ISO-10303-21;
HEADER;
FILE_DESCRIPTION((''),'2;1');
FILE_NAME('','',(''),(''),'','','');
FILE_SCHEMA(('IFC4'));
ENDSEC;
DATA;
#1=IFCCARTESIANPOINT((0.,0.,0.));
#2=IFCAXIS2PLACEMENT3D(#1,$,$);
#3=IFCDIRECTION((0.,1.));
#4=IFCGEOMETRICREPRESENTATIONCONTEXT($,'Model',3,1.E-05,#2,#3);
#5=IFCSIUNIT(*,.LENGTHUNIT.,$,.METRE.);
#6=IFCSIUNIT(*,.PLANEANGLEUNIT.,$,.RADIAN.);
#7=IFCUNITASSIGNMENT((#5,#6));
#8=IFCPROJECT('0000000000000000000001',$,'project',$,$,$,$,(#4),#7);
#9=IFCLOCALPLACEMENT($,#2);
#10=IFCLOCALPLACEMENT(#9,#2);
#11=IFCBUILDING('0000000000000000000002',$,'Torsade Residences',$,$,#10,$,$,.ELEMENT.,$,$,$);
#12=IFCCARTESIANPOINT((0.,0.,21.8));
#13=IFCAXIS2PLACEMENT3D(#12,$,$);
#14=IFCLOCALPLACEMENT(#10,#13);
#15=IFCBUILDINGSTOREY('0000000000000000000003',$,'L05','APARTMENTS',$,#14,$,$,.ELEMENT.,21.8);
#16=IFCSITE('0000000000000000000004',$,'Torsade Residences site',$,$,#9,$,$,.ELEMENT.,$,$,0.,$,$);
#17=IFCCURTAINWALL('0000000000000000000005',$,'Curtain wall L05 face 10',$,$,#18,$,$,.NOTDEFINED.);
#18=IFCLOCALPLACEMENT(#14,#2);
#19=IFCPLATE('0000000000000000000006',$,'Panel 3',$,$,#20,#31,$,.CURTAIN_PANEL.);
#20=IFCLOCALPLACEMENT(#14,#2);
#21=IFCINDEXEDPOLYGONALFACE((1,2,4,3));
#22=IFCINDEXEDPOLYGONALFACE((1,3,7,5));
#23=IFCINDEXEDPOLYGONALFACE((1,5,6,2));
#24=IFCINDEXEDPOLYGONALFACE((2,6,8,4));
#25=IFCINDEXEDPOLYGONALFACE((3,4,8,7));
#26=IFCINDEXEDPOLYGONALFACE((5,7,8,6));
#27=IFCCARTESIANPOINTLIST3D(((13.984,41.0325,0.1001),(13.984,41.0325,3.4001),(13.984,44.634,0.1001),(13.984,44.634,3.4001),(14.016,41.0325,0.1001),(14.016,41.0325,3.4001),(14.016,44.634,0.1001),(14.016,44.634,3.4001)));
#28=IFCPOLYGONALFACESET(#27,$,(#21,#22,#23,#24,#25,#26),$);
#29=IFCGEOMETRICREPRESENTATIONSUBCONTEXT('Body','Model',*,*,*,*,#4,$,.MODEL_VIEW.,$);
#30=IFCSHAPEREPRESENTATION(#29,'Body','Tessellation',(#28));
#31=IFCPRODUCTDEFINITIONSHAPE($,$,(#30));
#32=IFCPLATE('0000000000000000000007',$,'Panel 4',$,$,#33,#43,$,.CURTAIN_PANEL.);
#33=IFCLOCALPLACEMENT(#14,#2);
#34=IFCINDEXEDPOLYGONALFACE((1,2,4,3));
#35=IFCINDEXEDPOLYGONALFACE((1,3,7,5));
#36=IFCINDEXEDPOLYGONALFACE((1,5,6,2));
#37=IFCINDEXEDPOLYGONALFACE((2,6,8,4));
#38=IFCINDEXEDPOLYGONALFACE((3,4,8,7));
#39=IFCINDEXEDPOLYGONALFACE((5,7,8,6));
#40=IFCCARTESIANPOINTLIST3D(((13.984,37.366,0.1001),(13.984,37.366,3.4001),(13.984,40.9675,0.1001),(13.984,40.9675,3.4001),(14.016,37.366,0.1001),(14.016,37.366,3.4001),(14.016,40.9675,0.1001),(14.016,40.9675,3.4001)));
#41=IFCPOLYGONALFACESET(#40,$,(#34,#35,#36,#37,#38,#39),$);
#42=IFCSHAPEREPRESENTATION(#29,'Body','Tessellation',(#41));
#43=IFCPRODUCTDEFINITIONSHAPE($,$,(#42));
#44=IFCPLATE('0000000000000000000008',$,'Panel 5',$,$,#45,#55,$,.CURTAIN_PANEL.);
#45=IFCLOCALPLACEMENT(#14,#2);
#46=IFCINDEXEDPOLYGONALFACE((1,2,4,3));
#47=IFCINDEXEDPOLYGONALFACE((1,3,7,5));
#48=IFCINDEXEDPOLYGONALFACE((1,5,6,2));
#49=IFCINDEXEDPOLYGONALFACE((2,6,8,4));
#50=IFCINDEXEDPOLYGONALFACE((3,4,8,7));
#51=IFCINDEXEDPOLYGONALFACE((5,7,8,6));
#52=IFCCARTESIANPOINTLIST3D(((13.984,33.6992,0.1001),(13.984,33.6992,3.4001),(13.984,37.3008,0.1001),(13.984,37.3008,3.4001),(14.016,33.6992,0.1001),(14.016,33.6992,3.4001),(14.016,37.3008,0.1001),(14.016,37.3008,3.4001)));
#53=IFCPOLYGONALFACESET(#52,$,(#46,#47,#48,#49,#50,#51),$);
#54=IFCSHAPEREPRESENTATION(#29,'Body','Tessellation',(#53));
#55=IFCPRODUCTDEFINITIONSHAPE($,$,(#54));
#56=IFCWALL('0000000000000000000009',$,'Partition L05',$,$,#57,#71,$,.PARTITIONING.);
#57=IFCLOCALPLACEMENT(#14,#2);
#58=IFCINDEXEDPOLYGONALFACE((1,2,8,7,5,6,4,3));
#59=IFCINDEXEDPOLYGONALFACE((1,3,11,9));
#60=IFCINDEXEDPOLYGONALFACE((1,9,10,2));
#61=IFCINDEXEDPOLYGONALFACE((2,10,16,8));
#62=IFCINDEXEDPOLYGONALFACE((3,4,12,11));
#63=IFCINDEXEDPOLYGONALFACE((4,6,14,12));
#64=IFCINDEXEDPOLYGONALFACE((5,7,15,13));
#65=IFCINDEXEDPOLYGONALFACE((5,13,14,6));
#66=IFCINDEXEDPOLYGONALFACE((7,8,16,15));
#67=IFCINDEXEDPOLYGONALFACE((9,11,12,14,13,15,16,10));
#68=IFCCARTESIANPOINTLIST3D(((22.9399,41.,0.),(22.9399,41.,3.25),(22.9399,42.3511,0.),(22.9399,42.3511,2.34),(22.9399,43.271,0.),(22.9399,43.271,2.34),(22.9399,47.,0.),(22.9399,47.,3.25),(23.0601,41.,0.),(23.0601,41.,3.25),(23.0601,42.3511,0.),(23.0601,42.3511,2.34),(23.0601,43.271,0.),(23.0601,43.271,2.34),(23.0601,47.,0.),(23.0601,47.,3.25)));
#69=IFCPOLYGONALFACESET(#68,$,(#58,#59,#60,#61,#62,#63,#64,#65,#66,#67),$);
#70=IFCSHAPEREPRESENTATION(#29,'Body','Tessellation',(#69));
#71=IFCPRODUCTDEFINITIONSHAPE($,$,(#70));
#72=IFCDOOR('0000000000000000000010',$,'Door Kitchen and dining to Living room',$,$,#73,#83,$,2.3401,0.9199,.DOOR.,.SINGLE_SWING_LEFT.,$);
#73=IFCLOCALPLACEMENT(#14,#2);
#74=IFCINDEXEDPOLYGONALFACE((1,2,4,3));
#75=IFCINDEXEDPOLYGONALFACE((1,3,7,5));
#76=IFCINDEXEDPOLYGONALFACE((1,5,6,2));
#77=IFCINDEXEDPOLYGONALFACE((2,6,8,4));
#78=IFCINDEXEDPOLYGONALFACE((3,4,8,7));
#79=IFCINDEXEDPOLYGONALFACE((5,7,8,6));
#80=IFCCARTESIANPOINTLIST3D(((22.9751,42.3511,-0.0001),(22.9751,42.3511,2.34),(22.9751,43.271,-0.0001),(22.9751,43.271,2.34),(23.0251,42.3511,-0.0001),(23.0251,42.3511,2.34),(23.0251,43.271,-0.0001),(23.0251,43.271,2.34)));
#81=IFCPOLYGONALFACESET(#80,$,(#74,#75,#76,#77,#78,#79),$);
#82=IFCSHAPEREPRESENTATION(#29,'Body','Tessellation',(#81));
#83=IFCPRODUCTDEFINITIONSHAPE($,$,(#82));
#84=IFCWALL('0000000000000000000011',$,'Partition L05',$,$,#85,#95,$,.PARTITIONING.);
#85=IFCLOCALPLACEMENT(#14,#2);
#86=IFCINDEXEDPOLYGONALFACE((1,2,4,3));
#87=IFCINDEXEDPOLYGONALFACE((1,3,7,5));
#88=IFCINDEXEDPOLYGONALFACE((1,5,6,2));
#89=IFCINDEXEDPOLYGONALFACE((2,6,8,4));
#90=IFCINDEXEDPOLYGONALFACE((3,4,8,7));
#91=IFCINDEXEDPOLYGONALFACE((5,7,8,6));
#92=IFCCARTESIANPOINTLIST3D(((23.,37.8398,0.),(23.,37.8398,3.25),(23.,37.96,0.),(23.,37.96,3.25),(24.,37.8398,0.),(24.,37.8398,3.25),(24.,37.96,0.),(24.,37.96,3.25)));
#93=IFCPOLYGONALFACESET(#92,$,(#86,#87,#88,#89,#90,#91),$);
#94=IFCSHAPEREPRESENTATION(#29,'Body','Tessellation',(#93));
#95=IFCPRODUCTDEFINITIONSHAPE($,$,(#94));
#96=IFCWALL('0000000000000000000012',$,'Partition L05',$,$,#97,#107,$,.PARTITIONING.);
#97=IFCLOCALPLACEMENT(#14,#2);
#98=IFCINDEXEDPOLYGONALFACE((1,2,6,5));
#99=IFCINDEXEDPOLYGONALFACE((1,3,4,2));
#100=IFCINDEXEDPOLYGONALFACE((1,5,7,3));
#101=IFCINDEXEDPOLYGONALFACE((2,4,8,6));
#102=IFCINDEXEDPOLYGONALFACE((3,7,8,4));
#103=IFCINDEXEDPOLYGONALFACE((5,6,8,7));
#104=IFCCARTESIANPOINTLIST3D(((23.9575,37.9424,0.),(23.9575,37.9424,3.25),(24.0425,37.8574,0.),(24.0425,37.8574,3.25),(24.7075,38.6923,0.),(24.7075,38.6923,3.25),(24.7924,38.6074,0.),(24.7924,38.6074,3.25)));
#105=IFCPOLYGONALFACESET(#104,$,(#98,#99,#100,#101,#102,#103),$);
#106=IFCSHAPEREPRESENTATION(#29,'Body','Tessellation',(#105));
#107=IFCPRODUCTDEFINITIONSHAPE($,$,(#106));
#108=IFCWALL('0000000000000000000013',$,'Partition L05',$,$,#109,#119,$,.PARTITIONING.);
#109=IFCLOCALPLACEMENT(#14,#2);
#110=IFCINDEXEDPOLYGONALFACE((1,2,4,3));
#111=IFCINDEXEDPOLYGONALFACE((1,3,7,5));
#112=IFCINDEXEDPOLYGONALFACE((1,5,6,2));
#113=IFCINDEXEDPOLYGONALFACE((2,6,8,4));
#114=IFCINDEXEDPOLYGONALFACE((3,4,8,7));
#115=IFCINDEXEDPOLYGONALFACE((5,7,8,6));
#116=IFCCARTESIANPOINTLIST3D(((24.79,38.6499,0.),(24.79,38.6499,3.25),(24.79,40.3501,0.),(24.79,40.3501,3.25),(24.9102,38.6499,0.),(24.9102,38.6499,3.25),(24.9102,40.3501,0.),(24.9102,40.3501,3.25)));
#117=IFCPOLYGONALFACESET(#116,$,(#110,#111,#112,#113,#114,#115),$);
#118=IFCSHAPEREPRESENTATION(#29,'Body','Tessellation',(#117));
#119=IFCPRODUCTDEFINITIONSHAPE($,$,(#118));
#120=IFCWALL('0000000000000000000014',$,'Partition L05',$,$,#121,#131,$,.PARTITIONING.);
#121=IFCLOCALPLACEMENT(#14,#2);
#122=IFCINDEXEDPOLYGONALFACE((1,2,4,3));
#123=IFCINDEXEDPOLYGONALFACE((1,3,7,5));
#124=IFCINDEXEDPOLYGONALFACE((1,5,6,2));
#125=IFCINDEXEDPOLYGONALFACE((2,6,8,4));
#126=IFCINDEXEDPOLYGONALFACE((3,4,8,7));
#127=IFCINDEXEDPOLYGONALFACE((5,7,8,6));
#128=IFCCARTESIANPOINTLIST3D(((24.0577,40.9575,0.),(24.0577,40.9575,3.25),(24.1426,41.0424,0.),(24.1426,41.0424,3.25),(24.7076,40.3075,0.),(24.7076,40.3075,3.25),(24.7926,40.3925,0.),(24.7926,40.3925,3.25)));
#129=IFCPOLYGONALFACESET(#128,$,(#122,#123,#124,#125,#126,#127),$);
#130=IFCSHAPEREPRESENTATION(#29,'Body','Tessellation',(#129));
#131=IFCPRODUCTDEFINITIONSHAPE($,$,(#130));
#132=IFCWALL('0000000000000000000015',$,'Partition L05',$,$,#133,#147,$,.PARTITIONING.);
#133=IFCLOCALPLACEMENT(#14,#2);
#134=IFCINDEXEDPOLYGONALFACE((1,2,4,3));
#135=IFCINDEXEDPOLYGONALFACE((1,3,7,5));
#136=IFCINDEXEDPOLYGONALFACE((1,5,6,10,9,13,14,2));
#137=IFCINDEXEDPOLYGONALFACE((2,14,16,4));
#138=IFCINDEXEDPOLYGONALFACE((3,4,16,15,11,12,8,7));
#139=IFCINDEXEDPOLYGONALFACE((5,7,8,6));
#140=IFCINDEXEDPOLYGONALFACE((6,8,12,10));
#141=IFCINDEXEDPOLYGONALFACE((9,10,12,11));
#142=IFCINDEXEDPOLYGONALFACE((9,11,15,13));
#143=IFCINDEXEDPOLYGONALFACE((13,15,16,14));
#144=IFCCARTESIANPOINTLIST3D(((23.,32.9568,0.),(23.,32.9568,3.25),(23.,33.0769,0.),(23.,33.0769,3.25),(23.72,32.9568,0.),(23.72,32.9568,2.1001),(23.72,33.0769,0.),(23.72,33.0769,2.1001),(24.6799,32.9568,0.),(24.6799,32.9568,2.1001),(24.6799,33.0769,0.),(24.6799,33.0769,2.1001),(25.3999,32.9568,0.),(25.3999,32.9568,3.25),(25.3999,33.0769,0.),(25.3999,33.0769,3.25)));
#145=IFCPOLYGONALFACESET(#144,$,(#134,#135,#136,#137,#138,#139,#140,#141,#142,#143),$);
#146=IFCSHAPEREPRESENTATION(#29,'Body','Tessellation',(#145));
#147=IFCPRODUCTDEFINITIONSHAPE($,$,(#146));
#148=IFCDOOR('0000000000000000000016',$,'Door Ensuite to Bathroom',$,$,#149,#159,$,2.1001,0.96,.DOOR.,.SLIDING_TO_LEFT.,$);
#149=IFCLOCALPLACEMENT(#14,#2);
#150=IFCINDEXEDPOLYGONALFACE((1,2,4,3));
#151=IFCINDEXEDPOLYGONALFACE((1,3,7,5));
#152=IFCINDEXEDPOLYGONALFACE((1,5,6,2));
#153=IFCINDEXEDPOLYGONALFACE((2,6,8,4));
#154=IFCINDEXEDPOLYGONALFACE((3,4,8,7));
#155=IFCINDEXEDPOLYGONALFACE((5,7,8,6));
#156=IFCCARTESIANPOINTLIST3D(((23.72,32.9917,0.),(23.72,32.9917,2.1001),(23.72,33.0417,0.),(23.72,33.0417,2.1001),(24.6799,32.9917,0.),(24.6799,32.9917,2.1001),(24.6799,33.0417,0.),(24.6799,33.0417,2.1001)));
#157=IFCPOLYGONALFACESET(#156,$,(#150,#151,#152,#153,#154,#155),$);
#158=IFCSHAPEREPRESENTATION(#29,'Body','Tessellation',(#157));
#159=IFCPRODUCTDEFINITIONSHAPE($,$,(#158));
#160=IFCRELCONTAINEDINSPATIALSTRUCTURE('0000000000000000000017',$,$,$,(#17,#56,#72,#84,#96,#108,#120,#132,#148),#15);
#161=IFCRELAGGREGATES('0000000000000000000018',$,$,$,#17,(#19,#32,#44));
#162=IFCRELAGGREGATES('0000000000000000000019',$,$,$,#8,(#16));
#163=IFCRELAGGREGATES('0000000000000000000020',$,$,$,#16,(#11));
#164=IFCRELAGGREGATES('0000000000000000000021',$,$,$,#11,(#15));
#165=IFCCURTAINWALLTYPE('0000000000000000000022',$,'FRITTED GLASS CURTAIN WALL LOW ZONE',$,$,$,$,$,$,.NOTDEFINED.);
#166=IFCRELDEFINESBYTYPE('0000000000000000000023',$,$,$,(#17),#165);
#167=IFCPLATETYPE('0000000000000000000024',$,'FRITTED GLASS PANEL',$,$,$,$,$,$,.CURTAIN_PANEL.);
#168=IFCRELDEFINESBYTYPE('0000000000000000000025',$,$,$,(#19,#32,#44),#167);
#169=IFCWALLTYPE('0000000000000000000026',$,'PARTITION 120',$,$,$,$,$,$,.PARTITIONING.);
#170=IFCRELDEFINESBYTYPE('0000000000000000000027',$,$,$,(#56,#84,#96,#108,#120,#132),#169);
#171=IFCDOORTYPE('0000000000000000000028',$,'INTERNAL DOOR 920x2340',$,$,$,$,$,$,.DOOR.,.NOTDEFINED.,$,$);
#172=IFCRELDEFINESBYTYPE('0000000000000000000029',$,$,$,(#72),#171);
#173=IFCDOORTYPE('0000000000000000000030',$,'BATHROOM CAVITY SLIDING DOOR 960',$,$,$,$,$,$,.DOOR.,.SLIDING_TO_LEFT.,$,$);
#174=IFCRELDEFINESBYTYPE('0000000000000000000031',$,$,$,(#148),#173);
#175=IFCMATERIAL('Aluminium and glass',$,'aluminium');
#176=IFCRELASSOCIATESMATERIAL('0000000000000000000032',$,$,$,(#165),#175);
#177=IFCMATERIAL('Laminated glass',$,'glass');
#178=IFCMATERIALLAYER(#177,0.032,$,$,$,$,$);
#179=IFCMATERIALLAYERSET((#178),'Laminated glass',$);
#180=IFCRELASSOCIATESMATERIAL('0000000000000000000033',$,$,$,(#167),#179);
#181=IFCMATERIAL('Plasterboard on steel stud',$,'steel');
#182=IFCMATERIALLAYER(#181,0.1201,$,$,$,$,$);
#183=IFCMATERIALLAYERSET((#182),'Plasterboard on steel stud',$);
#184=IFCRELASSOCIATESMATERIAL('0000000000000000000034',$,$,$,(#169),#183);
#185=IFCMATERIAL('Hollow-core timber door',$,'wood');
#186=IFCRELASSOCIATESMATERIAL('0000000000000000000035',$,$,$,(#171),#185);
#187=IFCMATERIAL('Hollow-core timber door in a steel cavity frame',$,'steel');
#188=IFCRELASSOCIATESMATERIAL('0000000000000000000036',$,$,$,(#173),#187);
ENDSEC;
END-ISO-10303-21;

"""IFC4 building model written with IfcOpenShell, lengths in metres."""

from ifc_helpers import new_model, si_unit, direction, frame, frame_2d, origin, origin_2d, place, context, subcontext, project, spatial, rectangle, extrude, material, layer, layer_set, type_object, element, fill, aggregate, save


model = new_model("IFC4")

# Units and contexts
model_context = context("Model", 3, precision=1e-05, world=origin(), true_north=direction((0.0, 1.0)))
body_context = subcontext(model_context, "Body", "Model", "MODEL_VIEW")
ifc_project = project(units=[si_unit("LENGTHUNIT", "METRE"), si_unit("PLANEANGLEUNIT", "RADIAN")], contexts=[model_context])

# Site, building, storey
site_placement = place(None, origin())
site = spatial("IfcSite", under=ifc_project, at=site_placement, Name="Torsade Residences site", CompositionType="ELEMENT", RefElevation=0.0)
building_placement = place(site_placement, origin())
building = spatial("IfcBuilding", under=site, at=building_placement, Name="Torsade Residences", CompositionType="ELEMENT")
storey_placement = place(building_placement, frame((0.0, 0.0, 21.8)))
storey = spatial("IfcBuildingStorey", under=building, at=storey_placement, Name="L05", Description="APARTMENTS", CompositionType="ELEMENT", Elevation=21.8)

# Curtain wall
ifc_material_1 = material(Name="Aluminium and glass", Category="aluminium")
curtain_wall_type = type_object("IfcCurtainWallType", Name="FRITTED GLASS CURTAIN WALL LOW ZONE", PredefinedType="NOTDEFINED", material=ifc_material_1)
curtain_wall_placement = place(storey_placement, origin())
curtain_wall = element("IfcCurtainWall", 1, at=curtain_wall_placement, inside=storey, type_object=curtain_wall_type, Name="Curtain wall L05 face 10", PredefinedType="NOTDEFINED")

# Plates
ifc_material_2 = material(Name="Laminated glass", Category="glass")
ifc_layer_1 = layer(ifc_material_2, 0.032)
ifc_layer_set_1 = layer_set([ifc_layer_1], Name="Laminated glass")
plate_type = type_object("IfcPlateType", Name="FRITTED GLASS PANEL", PredefinedType="CURTAIN_PANEL", material=ifc_layer_set_1)
plate_1_placement = place(storey_placement, frame((14.0, 42.8333, 0.1001), z_axis=(0.0, 0.0, 1.0), x_axis=(0.0, -1.0, 0.0)))
plate_1 = element("IfcPlate", 2, at=plate_1_placement, type_object=plate_type, Name="Panel 3", PredefinedType="CURTAIN_PANEL", context=body_context, shape_type="SweptSolid", body=[
    extrude(rectangle(XDim=3.6016, YDim=0.032, at=origin_2d()), origin(), (0.0, 0.0, 1.0), 3.3),
])
plate_2_placement = place(storey_placement, frame((14.0, 39.1667, 0.1001), z_axis=(0.0, 0.0, 1.0), x_axis=(0.0, -1.0, 0.0)))
plate_2 = element("IfcPlate", 3, at=plate_2_placement, type_object=plate_type, Name="Panel 4", PredefinedType="CURTAIN_PANEL", context=body_context, shape_type="SweptSolid", body=[
    extrude(rectangle(XDim=3.6016, YDim=0.032, at=origin_2d()), origin(), (0.0, 0.0, 1.0), 3.3),
])
plate_3_placement = place(storey_placement, frame((14.0, 35.5, 0.1001), z_axis=(0.0, 0.0, 1.0), x_axis=(0.0, -1.0, 0.0)))
plate_3 = element("IfcPlate", 4, at=plate_3_placement, type_object=plate_type, Name="Panel 5", PredefinedType="CURTAIN_PANEL", context=body_context, shape_type="SweptSolid", body=[
    extrude(rectangle(XDim=3.6016, YDim=0.032, at=origin_2d()), origin(), (0.0, 0.0, 1.0), 3.3),
])
aggregate(curtain_wall, [plate_1, plate_2, plate_3])

# Wall, opening, door
ifc_material_3 = material(Name="Plasterboard on steel stud", Category="steel")
ifc_layer_2 = layer(ifc_material_3, 0.1201)
ifc_layer_set_2 = layer_set([ifc_layer_2], Name="Plasterboard on steel stud")
wall_type_1 = type_object("IfcWallType", Name="PARTITION 120", PredefinedType="PARTITIONING", material=ifc_layer_set_2)
wall_1_placement = place(storey_placement, frame((23.0, 41.0, 0.0), z_axis=(0.0, 0.0, 1.0), x_axis=(0.0, 1.0, 0.0)))
wall_1 = element("IfcWall", 5, at=wall_1_placement, inside=storey, type_object=wall_type_1, Name="Partition L05", PredefinedType="PARTITIONING", context=body_context, shape_type="SweptSolid", body=[
    extrude(rectangle(XDim=6.0, YDim=0.1201, at=frame_2d((3.0, 0.0))), origin(), (0.0, 0.0, 1.0), 3.25),
])
opening_1_placement = place(wall_1_placement, frame((1.3511, 0.0, 0.0)))
opening_1 = element("IfcOpeningElement", 6, at=opening_1_placement, cuts=wall_1, PredefinedType="OPENING", context=body_context, shape_type="SweptSolid", body=[
    extrude(rectangle(XDim=0.9199, YDim=2.3401, at=frame_2d((0.46, 1.1699))), frame((0.0, 0.0701, 0.0), z_axis=(0.0, -1.0, 0.0), x_axis=(1.0, 0.0, 0.0)), (0.0, 0.0, 1.0), 0.1401),
])
ifc_material_4 = material(Name="Hollow-core timber door", Category="wood")
door_type_1 = type_object("IfcDoorType", Name="INTERNAL DOOR 920x2340", OperationType="NOTDEFINED", PredefinedType="DOOR", material=ifc_material_4)
door_1_placement = place(opening_1_placement, origin())
door_1 = element("IfcDoor", 7, at=door_1_placement, inside=storey, type_object=door_type_1, Name="Door Kitchen and dining to Living room", OperationType="SINGLE_SWING_LEFT", OverallHeight=2.3401, OverallWidth=0.9199, PredefinedType="DOOR", context=body_context, shape_type="SweptSolid", body=[
    extrude(rectangle(XDim=0.9199, YDim=2.3401, at=frame_2d((0.46, 1.1699))), frame((0.0, 0.0249, 0.0), z_axis=(0.0, -1.0, 0.0), x_axis=(1.0, 0.0, 0.0)), (0.0, 0.0, 1.0), 0.05),
])
fill(opening_1, door_1)

# Walls
wall_2_placement = place(storey_placement, frame((23.0, 37.8999, 0.0), z_axis=(0.0, 0.0, 1.0), x_axis=(1.0, 0.0, 0.0)))
element("IfcWall", 8, at=wall_2_placement, inside=storey, type_object=wall_type_1, Name="Partition L05", PredefinedType="PARTITIONING", context=body_context, shape_type="SweptSolid", body=[
    extrude(rectangle(XDim=1.0, YDim=0.1201, at=frame_2d((0.5, 0.0))), origin(), (0.0, 0.0, 1.0), 3.25),
])
wall_3_placement = place(storey_placement, frame((24.0, 37.8999, 0.0), z_axis=(0.0, 0.0, 1.0), x_axis=(0.707107, 0.707107, 0.0)))
element("IfcWall", 9, at=wall_3_placement, inside=storey, type_object=wall_type_1, Name="Partition L05", PredefinedType="PARTITIONING", context=body_context, shape_type="SweptSolid", body=[
    extrude(rectangle(XDim=1.0605, YDim=0.1201, at=frame_2d((0.5303, 0.0))), origin(), (0.0, 0.0, 1.0), 3.25),
])
wall_4_placement = place(storey_placement, frame((24.8501, 38.6499, 0.0), z_axis=(0.0, 0.0, 1.0), x_axis=(0.0, 1.0, 0.0)))
element("IfcWall", 10, at=wall_4_placement, inside=storey, type_object=wall_type_1, Name="Partition L05", PredefinedType="PARTITIONING", context=body_context, shape_type="SweptSolid", body=[
    extrude(rectangle(XDim=1.7002, YDim=0.1201, at=frame_2d((0.8501, 0.0))), origin(), (0.0, 0.0, 1.0), 3.25),
])
wall_5_placement = place(storey_placement, frame((24.75, 40.3501, 0.0), z_axis=(0.0, 0.0, 1.0), x_axis=(-0.707107, 0.707107, 0.0)))
element("IfcWall", 11, at=wall_5_placement, inside=storey, type_object=wall_type_1, Name="Partition L05", PredefinedType="PARTITIONING", context=body_context, shape_type="SweptSolid", body=[
    extrude(rectangle(XDim=0.9192, YDim=0.1201, at=frame_2d((0.4595, 0.0))), origin(), (0.0, 0.0, 1.0), 3.25),
])

# Wall, opening, door
wall_6_placement = place(storey_placement, frame((23.0, 33.0168, 0.0), z_axis=(0.0, 0.0, 1.0), x_axis=(1.0, 0.0, 0.0)))
wall_6 = element("IfcWall", 12, at=wall_6_placement, inside=storey, type_object=wall_type_1, Name="Partition L05", PredefinedType="PARTITIONING", context=body_context, shape_type="SweptSolid", body=[
    extrude(rectangle(XDim=2.3999, YDim=0.1201, at=frame_2d((1.2, 0.0))), origin(), (0.0, 0.0, 1.0), 3.25),
])
opening_2_placement = place(wall_6_placement, frame((0.72, 0.0, 0.0)))
opening_2 = element("IfcOpeningElement", 13, at=opening_2_placement, cuts=wall_6, PredefinedType="OPENING", context=body_context, shape_type="SweptSolid", body=[
    extrude(rectangle(XDim=0.96, YDim=2.1001, at=frame_2d((0.48, 1.05))), frame((0.0, 0.0701, 0.0), z_axis=(0.0, -1.0, 0.0), x_axis=(1.0, 0.0, 0.0)), (0.0, 0.0, 1.0), 0.1401),
])
ifc_material_5 = material(Name="Hollow-core timber door in a steel cavity frame", Category="steel")
door_type_2 = type_object("IfcDoorType", Name="BATHROOM CAVITY SLIDING DOOR 960", OperationType="SLIDING_TO_LEFT", PredefinedType="DOOR", material=ifc_material_5)
door_2_placement = place(opening_2_placement, origin())
door_2 = element("IfcDoor", 14, at=door_2_placement, inside=storey, type_object=door_type_2, Name="Door Ensuite to Bathroom", OperationType="SLIDING_TO_LEFT", OverallHeight=2.1001, OverallWidth=0.96, PredefinedType="DOOR", context=body_context, shape_type="SweptSolid", body=[
    extrude(rectangle(XDim=0.96, YDim=2.1001, at=frame_2d((0.48, 1.05))), frame((0.0, 0.0249, 0.0), z_axis=(0.0, -1.0, 0.0), x_axis=(1.0, 0.0, 0.0)), (0.0, 0.0, 1.0), 0.05),
])
fill(opening_2, door_2)

save(model, "model.ifc")
